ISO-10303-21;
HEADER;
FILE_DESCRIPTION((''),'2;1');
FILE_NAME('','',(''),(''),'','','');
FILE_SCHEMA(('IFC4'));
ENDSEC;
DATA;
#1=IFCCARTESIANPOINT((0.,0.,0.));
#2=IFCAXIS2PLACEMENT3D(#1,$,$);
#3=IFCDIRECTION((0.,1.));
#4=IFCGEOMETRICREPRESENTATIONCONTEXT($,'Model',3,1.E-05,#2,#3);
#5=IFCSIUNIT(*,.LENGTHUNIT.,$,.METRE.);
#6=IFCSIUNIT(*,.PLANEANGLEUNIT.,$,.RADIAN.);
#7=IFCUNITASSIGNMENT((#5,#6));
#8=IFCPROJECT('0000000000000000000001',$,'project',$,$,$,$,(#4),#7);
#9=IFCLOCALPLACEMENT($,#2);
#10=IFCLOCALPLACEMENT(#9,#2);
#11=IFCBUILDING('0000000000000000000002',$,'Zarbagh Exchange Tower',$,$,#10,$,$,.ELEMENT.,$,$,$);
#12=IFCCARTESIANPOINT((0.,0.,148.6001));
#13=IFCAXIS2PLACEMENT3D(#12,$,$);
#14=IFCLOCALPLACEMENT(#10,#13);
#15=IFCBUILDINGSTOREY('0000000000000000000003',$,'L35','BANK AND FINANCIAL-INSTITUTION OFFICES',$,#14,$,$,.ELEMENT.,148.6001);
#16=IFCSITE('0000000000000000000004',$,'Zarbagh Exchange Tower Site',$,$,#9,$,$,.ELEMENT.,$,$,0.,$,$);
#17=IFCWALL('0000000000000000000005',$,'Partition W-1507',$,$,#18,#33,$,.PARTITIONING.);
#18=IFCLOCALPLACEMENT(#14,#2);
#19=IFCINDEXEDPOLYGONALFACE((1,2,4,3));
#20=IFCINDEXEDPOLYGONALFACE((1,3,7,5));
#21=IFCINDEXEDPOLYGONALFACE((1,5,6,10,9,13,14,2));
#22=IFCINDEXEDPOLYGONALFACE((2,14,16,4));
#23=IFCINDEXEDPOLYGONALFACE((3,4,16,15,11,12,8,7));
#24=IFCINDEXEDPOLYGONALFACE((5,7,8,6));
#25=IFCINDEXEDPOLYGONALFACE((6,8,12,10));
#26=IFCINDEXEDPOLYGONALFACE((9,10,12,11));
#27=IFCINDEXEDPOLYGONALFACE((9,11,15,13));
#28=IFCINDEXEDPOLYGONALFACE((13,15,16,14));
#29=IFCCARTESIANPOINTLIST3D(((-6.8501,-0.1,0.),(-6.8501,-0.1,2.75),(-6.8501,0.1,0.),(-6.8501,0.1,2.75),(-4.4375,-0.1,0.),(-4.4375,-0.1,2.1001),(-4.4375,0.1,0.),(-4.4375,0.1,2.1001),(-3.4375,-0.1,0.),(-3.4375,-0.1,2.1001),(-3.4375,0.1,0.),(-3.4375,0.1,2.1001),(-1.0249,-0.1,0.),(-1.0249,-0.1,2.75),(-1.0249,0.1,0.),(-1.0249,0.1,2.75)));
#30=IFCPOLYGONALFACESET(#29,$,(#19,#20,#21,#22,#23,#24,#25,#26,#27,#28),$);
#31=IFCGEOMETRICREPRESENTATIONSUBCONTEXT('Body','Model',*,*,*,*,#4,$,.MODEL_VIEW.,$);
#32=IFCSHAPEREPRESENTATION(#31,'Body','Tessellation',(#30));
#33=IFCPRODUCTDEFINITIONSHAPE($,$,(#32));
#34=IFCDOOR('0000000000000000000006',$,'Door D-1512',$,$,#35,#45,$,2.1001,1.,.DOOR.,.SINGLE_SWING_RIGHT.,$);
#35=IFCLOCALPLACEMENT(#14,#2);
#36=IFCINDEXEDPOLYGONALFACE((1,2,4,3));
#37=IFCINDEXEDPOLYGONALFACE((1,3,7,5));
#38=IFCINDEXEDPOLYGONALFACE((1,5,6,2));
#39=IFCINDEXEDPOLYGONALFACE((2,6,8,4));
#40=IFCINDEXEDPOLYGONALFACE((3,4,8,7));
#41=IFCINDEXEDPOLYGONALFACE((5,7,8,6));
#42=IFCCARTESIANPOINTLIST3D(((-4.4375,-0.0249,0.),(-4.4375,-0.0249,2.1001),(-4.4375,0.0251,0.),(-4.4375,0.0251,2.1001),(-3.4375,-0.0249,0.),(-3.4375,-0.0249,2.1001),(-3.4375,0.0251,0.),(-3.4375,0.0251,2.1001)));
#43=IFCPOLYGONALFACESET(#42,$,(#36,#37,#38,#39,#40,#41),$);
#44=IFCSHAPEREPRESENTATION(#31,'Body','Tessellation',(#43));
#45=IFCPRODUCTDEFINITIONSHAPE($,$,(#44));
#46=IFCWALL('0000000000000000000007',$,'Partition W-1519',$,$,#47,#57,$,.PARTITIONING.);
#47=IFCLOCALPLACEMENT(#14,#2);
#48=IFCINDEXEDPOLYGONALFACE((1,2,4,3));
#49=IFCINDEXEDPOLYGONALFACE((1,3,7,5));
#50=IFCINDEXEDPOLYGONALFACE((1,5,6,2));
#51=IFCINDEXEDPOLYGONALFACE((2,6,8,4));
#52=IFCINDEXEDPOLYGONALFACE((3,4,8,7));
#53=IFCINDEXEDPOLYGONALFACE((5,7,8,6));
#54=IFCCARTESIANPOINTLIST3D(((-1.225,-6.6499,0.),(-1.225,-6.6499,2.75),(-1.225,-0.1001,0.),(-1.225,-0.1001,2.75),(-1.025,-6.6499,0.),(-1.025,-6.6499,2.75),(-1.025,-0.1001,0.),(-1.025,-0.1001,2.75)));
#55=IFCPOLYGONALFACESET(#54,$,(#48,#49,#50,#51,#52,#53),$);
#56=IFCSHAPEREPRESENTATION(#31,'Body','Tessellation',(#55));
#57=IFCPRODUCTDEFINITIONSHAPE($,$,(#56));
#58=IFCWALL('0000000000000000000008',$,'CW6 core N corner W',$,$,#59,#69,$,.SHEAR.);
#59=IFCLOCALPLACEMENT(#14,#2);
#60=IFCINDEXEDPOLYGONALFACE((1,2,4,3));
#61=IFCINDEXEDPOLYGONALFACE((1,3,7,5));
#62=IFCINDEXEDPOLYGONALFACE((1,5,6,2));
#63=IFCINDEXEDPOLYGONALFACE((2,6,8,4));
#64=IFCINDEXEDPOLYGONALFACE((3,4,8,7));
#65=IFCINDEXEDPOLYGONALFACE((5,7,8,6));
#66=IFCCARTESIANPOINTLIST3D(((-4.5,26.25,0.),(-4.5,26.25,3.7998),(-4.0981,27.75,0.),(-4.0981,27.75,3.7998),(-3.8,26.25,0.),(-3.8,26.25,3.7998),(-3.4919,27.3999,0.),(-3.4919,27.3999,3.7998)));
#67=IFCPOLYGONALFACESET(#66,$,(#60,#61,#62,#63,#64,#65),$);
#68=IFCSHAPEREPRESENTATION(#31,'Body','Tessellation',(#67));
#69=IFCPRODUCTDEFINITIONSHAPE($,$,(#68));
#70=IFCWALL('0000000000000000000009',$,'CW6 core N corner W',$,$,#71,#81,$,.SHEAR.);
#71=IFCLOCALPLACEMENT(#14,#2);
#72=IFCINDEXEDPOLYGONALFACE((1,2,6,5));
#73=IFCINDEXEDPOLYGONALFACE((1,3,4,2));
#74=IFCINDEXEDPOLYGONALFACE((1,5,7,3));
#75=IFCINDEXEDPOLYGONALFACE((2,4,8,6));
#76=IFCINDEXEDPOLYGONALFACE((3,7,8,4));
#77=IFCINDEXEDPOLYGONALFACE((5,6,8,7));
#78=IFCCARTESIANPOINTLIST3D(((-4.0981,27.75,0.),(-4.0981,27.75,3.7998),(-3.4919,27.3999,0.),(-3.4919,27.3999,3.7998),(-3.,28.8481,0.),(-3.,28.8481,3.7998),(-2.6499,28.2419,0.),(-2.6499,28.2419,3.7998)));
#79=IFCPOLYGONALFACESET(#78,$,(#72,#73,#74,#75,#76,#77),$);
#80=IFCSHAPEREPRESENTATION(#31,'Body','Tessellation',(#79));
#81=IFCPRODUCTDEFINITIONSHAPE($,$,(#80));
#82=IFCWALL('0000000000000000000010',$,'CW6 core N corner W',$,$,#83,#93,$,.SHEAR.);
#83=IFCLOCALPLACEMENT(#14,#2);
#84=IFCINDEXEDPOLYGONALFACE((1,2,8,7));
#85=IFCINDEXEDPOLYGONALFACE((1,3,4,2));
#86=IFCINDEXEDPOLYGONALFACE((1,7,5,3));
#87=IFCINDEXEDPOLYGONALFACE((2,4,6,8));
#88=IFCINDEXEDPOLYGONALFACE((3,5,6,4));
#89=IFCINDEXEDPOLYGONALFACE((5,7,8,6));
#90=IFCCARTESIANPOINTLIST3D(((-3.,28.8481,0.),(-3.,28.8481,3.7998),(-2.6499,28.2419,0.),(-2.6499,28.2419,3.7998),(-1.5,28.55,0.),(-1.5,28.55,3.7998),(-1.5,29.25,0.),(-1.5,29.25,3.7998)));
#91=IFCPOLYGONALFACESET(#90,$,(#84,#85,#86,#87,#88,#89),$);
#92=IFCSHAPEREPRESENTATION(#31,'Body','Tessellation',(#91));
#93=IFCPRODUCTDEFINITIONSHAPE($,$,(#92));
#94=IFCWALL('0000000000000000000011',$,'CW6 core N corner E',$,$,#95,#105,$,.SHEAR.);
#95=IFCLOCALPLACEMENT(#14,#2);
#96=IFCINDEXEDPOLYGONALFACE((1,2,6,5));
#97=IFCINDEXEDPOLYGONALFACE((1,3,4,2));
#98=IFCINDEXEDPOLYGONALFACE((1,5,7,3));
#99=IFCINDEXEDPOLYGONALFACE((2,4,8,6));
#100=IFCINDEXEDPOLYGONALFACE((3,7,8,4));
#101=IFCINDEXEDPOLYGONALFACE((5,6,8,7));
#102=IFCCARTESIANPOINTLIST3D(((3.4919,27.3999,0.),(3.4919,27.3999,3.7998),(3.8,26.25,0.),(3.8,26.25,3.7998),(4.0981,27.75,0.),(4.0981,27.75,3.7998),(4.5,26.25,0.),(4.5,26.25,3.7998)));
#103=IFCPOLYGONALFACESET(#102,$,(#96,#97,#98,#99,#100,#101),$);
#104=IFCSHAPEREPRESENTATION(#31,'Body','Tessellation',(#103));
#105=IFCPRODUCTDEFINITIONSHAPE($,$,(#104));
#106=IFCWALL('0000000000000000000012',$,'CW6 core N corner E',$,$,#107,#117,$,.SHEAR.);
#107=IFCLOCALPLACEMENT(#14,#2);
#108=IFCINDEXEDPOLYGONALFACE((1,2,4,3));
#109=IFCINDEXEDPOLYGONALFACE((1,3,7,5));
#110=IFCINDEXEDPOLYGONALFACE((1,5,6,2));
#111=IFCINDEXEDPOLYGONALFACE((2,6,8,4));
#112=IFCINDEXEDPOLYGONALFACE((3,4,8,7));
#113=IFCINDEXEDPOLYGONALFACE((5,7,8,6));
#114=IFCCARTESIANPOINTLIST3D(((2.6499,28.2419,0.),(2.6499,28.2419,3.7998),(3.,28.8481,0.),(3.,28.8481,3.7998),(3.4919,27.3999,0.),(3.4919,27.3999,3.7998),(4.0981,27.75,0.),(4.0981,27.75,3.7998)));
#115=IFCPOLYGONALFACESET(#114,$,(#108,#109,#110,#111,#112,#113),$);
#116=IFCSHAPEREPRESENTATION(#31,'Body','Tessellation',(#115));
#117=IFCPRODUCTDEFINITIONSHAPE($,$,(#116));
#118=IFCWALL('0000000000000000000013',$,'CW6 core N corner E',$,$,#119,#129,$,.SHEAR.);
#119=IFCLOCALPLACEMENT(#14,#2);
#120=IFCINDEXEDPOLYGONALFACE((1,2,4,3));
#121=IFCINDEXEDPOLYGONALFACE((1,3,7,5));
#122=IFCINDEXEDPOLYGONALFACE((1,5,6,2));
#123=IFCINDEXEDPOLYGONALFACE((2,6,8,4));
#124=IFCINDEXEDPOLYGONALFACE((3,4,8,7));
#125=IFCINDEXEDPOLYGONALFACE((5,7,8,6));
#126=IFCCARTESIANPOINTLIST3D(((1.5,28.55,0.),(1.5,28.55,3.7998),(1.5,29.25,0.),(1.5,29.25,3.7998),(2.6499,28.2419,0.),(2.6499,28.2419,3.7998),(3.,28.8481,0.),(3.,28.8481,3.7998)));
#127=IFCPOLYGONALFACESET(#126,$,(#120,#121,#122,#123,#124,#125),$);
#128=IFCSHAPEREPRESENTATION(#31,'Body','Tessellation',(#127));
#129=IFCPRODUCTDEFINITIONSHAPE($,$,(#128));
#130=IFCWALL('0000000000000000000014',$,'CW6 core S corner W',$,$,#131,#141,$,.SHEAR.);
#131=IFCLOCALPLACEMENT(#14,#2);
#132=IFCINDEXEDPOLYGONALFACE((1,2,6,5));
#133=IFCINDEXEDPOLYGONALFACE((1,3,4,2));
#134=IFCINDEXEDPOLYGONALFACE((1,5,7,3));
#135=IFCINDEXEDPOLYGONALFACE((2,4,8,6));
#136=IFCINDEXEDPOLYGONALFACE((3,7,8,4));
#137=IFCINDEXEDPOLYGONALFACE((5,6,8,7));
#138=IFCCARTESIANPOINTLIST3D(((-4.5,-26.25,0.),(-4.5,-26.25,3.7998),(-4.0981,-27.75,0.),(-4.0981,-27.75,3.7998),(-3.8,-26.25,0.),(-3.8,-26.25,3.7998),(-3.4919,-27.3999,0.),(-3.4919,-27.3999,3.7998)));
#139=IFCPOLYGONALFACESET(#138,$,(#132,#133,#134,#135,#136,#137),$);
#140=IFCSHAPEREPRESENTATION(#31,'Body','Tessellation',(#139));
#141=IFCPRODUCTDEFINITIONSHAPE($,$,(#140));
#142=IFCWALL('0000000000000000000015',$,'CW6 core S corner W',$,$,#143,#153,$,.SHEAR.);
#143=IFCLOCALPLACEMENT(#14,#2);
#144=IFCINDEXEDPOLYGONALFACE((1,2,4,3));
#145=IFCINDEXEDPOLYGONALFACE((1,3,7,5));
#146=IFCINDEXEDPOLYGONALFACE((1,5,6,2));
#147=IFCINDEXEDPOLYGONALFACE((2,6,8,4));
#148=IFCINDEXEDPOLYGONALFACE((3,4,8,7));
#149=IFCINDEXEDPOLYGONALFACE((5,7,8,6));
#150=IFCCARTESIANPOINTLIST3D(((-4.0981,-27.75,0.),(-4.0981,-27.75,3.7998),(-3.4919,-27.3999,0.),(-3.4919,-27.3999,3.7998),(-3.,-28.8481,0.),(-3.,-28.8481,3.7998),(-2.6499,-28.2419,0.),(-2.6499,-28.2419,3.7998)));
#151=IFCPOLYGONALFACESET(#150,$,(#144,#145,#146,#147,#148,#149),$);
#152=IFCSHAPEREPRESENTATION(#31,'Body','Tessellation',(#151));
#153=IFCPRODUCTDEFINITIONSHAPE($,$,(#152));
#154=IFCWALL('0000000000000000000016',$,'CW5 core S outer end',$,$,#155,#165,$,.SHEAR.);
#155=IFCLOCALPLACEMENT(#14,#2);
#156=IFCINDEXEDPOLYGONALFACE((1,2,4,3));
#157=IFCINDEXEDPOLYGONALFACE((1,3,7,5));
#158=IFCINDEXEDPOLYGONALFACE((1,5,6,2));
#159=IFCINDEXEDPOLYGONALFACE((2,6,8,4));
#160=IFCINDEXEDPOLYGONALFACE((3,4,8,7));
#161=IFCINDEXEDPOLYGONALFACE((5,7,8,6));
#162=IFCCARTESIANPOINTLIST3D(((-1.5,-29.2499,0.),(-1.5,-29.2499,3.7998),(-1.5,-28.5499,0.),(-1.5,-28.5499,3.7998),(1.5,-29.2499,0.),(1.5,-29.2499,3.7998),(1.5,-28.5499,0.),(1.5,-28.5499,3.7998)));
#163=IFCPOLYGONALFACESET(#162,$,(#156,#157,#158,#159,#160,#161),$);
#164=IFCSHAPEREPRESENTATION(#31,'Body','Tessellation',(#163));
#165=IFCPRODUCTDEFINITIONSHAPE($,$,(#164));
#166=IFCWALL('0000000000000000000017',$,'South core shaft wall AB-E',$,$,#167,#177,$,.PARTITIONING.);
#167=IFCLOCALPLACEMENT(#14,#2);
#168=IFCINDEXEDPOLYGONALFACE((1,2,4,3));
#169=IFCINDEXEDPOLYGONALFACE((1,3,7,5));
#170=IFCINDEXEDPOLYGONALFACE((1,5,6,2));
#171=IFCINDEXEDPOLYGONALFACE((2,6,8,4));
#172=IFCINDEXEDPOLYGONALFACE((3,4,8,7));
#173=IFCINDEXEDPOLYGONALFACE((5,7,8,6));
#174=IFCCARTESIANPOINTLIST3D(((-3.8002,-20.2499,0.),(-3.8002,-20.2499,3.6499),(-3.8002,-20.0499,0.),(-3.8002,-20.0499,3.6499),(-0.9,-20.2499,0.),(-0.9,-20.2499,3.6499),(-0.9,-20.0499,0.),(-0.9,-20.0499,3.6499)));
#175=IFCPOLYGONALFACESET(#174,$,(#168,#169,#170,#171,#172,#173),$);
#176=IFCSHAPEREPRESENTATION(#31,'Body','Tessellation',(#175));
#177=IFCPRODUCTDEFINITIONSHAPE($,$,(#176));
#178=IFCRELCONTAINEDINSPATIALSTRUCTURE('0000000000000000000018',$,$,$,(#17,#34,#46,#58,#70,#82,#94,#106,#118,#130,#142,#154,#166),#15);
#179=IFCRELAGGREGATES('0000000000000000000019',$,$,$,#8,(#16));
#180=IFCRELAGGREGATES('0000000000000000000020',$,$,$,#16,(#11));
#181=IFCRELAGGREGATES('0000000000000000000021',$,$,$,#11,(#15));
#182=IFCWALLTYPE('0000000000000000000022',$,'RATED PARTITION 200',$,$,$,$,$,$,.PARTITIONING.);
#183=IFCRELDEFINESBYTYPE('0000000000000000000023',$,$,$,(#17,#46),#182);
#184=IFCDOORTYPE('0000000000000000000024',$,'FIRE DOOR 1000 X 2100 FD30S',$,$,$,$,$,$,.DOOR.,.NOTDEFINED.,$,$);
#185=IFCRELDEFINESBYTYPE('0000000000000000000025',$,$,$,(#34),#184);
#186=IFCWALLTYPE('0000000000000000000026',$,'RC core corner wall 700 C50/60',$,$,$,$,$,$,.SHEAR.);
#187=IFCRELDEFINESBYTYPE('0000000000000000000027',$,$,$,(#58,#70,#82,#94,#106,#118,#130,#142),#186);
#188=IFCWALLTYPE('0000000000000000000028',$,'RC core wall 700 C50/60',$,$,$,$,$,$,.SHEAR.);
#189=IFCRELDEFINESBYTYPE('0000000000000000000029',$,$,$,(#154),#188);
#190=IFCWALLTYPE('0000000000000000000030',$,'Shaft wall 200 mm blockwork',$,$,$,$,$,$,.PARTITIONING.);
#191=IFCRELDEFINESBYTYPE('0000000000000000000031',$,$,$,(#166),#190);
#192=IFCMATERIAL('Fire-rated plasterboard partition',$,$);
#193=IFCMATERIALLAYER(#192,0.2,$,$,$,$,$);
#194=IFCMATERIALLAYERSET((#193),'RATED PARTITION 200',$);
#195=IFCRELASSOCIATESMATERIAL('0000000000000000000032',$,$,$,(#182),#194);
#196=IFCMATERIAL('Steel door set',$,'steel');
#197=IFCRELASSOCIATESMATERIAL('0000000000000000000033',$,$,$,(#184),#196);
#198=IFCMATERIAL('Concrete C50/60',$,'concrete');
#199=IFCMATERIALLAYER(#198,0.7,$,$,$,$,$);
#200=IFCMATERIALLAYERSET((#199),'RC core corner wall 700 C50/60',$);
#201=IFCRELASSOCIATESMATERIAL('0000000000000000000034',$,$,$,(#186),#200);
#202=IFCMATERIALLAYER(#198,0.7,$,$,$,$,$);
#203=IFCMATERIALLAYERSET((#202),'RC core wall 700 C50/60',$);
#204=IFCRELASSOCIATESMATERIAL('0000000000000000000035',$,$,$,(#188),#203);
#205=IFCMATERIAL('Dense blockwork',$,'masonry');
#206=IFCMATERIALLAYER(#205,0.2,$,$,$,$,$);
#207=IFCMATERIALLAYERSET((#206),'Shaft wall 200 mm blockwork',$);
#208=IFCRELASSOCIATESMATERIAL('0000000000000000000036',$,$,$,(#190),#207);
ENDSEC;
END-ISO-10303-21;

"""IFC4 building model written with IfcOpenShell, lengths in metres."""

from ifc_helpers import new_model, si_unit, direction, frame, frame_2d, origin, place, context, subcontext, project, spatial, polyline, rectangle, outline, extrude, material, layer, layer_set, type_object, element, fill, save


model = new_model("IFC4")

# Units and contexts
model_context = context("Model", 3, precision=1e-05, world=origin(), true_north=direction((0.0, 1.0)))
body_context = subcontext(model_context, "Body", "Model", "MODEL_VIEW")
ifc_project = project(units=[si_unit("LENGTHUNIT", "METRE"), si_unit("PLANEANGLEUNIT", "RADIAN")], contexts=[model_context])

# Site, building, storey
site_placement = place(None, origin())
site = spatial("IfcSite", under=ifc_project, at=site_placement, Name="Zarbagh Exchange Tower Site", CompositionType="ELEMENT", RefElevation=0.0)
building_placement = place(site_placement, origin())
building = spatial("IfcBuilding", under=site, at=building_placement, Name="Zarbagh Exchange Tower", CompositionType="ELEMENT")
storey_placement = place(building_placement, frame((0.0, 0.0, 148.6001)))
storey = spatial("IfcBuildingStorey", under=building, at=storey_placement, Name="L35", Description="BANK AND FINANCIAL-INSTITUTION OFFICES", CompositionType="ELEMENT", Elevation=148.6001)

# Shared definitions
ifc_material_1 = material(Name="Concrete C50/60", Category="concrete")

# Shared definitions
ifc_material_2 = material(Name="Dense blockwork", Category="masonry")

# Wall, opening, door
ifc_material_3 = material(Name="Fire-rated plasterboard partition")
ifc_layer_1 = layer(ifc_material_3, 0.2)
ifc_layer_set_1 = layer_set([ifc_layer_1], Name="RATED PARTITION 200")
wall_type_1 = type_object("IfcWallType", Name="RATED PARTITION 200", PredefinedType="PARTITIONING", material=ifc_layer_set_1)
wall_1_placement = place(storey_placement, frame((-1.0249, 0.0, 0.0), z_axis=(0.0, 0.0, 1.0), x_axis=(-1.0, 0.0, 0.0)))
wall_1 = element("IfcWall", 1, at=wall_1_placement, inside=storey, type_object=wall_type_1, Name="Partition W-1507", PredefinedType="PARTITIONING", context=body_context, shape_type="SweptSolid", body=[
    extrude(rectangle(XDim=5.8252, YDim=0.2, at=frame_2d((2.9126, 0.0))), origin(), (0.0, 0.0, 1.0), 2.75),
])
opening_1_placement = place(wall_1_placement, frame((2.4126, 0.0, 0.0)))
opening_1 = element("IfcOpeningElement", 2, at=opening_1_placement, cuts=wall_1, PredefinedType="OPENING", context=body_context, shape_type="SweptSolid", body=[
    extrude(rectangle(XDim=1.0, YDim=2.1001, at=frame_2d((0.5, 1.05))), frame((0.0, 0.1099, 0.0), z_axis=(0.0, -1.0, 0.0), x_axis=(1.0, 0.0, 0.0)), (0.0, 0.0, 1.0), 0.22),
])
ifc_material_4 = material(Name="Steel door set", Category="steel")
door_type_1 = type_object("IfcDoorType", Name="FIRE DOOR 1000 X 2100 FD30S", OperationType="NOTDEFINED", PredefinedType="DOOR", material=ifc_material_4)
door_1_placement = place(opening_1_placement, origin())
door_1 = element("IfcDoor", 3, at=door_1_placement, inside=storey, type_object=door_type_1, Name="Door D-1512", OperationType="SINGLE_SWING_RIGHT", OverallHeight=2.1001, OverallWidth=1.0, PredefinedType="DOOR", context=body_context, shape_type="SweptSolid", body=[
    extrude(rectangle(XDim=1.0, YDim=2.1001, at=frame_2d((0.5, 1.05))), frame((0.0, 0.0249, 0.0), z_axis=(0.0, -1.0, 0.0), x_axis=(1.0, 0.0, 0.0)), (0.0, 0.0, 1.0), 0.05),
])
fill(opening_1, door_1)

# Walls
wall_2_placement = place(storey_placement, frame((-1.125, -6.6499, 0.0), z_axis=(0.0, 0.0, 1.0), x_axis=(0.0, 1.0, 0.0)))
element("IfcWall", 4, at=wall_2_placement, inside=storey, type_object=wall_type_1, Name="Partition W-1519", PredefinedType="PARTITIONING", context=body_context, shape_type="SweptSolid", body=[
    extrude(rectangle(XDim=6.5498, YDim=0.2, at=frame_2d((3.2749, 0.0))), origin(), (0.0, 0.0, 1.0), 2.75),
])
ifc_layer_2 = layer(ifc_material_1, 0.7)
ifc_layer_set_2 = layer_set([ifc_layer_2], Name="RC core corner wall 700 C50/60")
wall_type_2 = type_object("IfcWallType", Name="RC core corner wall 700 C50/60", PredefinedType="SHEAR", material=ifc_layer_set_2)
wall_3_placement = place(storey_placement, origin())
element("IfcWall", 5, at=wall_3_placement, inside=storey, type_object=wall_type_2, Name="CW6 core N corner W", PredefinedType="SHEAR", context=body_context, shape_type="SweptSolid", body=[
    extrude(outline(polyline([(-4.5, 26.25), (-4.0981, 27.75), (-3.4919, 27.3999), (-3.8, 26.25), (-4.5, 26.25)])), origin(), (0.0, 0.0, 1.0), 3.7998),
])
wall_4_placement = place(storey_placement, origin())
element("IfcWall", 6, at=wall_4_placement, inside=storey, type_object=wall_type_2, Name="CW6 core N corner W", PredefinedType="SHEAR", context=body_context, shape_type="SweptSolid", body=[
    extrude(outline(polyline([(-4.0981, 27.75), (-3.0, 28.8481), (-2.6499, 28.2419), (-3.4919, 27.3999), (-4.0981, 27.75)])), origin(), (0.0, 0.0, 1.0), 3.7998),
])
wall_5_placement = place(storey_placement, origin())
element("IfcWall", 7, at=wall_5_placement, inside=storey, type_object=wall_type_2, Name="CW6 core N corner W", PredefinedType="SHEAR", context=body_context, shape_type="SweptSolid", body=[
    extrude(outline(polyline([(-3.0, 28.8481), (-1.5, 29.25), (-1.5, 28.55), (-2.6499, 28.2419), (-3.0, 28.8481)])), origin(), (0.0, 0.0, 1.0), 3.7998),
])
wall_6_placement = place(storey_placement, origin())
element("IfcWall", 8, at=wall_6_placement, inside=storey, type_object=wall_type_2, Name="CW6 core N corner E", PredefinedType="SHEAR", context=body_context, shape_type="SweptSolid", body=[
    extrude(outline(polyline([(4.5, 26.25), (4.0981, 27.75), (3.4919, 27.3999), (3.8, 26.25), (4.5, 26.25)])), origin(), (0.0, 0.0, 1.0), 3.7998),
])
wall_7_placement = place(storey_placement, origin())
element("IfcWall", 9, at=wall_7_placement, inside=storey, type_object=wall_type_2, Name="CW6 core N corner E", PredefinedType="SHEAR", context=body_context, shape_type="SweptSolid", body=[
    extrude(outline(polyline([(4.0981, 27.75), (3.0, 28.8481), (2.6499, 28.2419), (3.4919, 27.3999), (4.0981, 27.75)])), origin(), (0.0, 0.0, 1.0), 3.7998),
])
wall_8_placement = place(storey_placement, origin())
element("IfcWall", 10, at=wall_8_placement, inside=storey, type_object=wall_type_2, Name="CW6 core N corner E", PredefinedType="SHEAR", context=body_context, shape_type="SweptSolid", body=[
    extrude(outline(polyline([(3.0, 28.8481), (1.5, 29.25), (1.5, 28.55), (2.6499, 28.2419), (3.0, 28.8481)])), origin(), (0.0, 0.0, 1.0), 3.7998),
])
wall_9_placement = place(storey_placement, origin())
element("IfcWall", 11, at=wall_9_placement, inside=storey, type_object=wall_type_2, Name="CW6 core S corner W", PredefinedType="SHEAR", context=body_context, shape_type="SweptSolid", body=[
    extrude(outline(polyline([(-4.5, -26.25), (-4.0981, -27.75), (-3.4919, -27.3999), (-3.8, -26.25), (-4.5, -26.25)])), origin(), (0.0, 0.0, 1.0), 3.7998),
])
wall_10_placement = place(storey_placement, origin())
element("IfcWall", 12, at=wall_10_placement, inside=storey, type_object=wall_type_2, Name="CW6 core S corner W", PredefinedType="SHEAR", context=body_context, shape_type="SweptSolid", body=[
    extrude(outline(polyline([(-4.0981, -27.75), (-3.0, -28.8481), (-2.6499, -28.2419), (-3.4919, -27.3999), (-4.0981, -27.75)])), origin(), (0.0, 0.0, 1.0), 3.7998),
])
ifc_layer_3 = layer(ifc_material_1, 0.7)
ifc_layer_set_3 = layer_set([ifc_layer_3], Name="RC core wall 700 C50/60")
wall_type_3 = type_object("IfcWallType", Name="RC core wall 700 C50/60", PredefinedType="SHEAR", material=ifc_layer_set_3)
wall_11_placement = place(storey_placement, frame((-1.5, -28.8999, 0.0), z_axis=(0.0, 0.0, 1.0), x_axis=(1.0, 0.0, 0.0)))
element("IfcWall", 13, at=wall_11_placement, inside=storey, type_object=wall_type_3, Name="CW5 core S outer end", PredefinedType="SHEAR", context=body_context, shape_type="SweptSolid", body=[
    extrude(rectangle(XDim=3.0, YDim=0.7, at=frame_2d((1.5, 0.0))), origin(), (0.0, 0.0, 1.0), 3.7998),
])
ifc_layer_4 = layer(ifc_material_2, 0.2)
ifc_layer_set_4 = layer_set([ifc_layer_4], Name="Shaft wall 200 mm blockwork")
wall_type_4 = type_object("IfcWallType", Name="Shaft wall 200 mm blockwork", PredefinedType="PARTITIONING", material=ifc_layer_set_4)
wall_12_placement = place(storey_placement, frame((-0.8999, -20.1499, 0.0), z_axis=(0.0, 0.0, 1.0), x_axis=(-1.0, 0.0, 0.0)))
element("IfcWall", 14, at=wall_12_placement, inside=storey, type_object=wall_type_4, Name="South core shaft wall AB-E", PredefinedType="PARTITIONING", context=body_context, shape_type="SweptSolid", body=[
    extrude(rectangle(XDim=2.9001, YDim=0.2, at=frame_2d((1.4502, 0.0))), origin(), (0.0, 0.0, 1.0), 3.6499),
])

save(model, "model.ifc")
